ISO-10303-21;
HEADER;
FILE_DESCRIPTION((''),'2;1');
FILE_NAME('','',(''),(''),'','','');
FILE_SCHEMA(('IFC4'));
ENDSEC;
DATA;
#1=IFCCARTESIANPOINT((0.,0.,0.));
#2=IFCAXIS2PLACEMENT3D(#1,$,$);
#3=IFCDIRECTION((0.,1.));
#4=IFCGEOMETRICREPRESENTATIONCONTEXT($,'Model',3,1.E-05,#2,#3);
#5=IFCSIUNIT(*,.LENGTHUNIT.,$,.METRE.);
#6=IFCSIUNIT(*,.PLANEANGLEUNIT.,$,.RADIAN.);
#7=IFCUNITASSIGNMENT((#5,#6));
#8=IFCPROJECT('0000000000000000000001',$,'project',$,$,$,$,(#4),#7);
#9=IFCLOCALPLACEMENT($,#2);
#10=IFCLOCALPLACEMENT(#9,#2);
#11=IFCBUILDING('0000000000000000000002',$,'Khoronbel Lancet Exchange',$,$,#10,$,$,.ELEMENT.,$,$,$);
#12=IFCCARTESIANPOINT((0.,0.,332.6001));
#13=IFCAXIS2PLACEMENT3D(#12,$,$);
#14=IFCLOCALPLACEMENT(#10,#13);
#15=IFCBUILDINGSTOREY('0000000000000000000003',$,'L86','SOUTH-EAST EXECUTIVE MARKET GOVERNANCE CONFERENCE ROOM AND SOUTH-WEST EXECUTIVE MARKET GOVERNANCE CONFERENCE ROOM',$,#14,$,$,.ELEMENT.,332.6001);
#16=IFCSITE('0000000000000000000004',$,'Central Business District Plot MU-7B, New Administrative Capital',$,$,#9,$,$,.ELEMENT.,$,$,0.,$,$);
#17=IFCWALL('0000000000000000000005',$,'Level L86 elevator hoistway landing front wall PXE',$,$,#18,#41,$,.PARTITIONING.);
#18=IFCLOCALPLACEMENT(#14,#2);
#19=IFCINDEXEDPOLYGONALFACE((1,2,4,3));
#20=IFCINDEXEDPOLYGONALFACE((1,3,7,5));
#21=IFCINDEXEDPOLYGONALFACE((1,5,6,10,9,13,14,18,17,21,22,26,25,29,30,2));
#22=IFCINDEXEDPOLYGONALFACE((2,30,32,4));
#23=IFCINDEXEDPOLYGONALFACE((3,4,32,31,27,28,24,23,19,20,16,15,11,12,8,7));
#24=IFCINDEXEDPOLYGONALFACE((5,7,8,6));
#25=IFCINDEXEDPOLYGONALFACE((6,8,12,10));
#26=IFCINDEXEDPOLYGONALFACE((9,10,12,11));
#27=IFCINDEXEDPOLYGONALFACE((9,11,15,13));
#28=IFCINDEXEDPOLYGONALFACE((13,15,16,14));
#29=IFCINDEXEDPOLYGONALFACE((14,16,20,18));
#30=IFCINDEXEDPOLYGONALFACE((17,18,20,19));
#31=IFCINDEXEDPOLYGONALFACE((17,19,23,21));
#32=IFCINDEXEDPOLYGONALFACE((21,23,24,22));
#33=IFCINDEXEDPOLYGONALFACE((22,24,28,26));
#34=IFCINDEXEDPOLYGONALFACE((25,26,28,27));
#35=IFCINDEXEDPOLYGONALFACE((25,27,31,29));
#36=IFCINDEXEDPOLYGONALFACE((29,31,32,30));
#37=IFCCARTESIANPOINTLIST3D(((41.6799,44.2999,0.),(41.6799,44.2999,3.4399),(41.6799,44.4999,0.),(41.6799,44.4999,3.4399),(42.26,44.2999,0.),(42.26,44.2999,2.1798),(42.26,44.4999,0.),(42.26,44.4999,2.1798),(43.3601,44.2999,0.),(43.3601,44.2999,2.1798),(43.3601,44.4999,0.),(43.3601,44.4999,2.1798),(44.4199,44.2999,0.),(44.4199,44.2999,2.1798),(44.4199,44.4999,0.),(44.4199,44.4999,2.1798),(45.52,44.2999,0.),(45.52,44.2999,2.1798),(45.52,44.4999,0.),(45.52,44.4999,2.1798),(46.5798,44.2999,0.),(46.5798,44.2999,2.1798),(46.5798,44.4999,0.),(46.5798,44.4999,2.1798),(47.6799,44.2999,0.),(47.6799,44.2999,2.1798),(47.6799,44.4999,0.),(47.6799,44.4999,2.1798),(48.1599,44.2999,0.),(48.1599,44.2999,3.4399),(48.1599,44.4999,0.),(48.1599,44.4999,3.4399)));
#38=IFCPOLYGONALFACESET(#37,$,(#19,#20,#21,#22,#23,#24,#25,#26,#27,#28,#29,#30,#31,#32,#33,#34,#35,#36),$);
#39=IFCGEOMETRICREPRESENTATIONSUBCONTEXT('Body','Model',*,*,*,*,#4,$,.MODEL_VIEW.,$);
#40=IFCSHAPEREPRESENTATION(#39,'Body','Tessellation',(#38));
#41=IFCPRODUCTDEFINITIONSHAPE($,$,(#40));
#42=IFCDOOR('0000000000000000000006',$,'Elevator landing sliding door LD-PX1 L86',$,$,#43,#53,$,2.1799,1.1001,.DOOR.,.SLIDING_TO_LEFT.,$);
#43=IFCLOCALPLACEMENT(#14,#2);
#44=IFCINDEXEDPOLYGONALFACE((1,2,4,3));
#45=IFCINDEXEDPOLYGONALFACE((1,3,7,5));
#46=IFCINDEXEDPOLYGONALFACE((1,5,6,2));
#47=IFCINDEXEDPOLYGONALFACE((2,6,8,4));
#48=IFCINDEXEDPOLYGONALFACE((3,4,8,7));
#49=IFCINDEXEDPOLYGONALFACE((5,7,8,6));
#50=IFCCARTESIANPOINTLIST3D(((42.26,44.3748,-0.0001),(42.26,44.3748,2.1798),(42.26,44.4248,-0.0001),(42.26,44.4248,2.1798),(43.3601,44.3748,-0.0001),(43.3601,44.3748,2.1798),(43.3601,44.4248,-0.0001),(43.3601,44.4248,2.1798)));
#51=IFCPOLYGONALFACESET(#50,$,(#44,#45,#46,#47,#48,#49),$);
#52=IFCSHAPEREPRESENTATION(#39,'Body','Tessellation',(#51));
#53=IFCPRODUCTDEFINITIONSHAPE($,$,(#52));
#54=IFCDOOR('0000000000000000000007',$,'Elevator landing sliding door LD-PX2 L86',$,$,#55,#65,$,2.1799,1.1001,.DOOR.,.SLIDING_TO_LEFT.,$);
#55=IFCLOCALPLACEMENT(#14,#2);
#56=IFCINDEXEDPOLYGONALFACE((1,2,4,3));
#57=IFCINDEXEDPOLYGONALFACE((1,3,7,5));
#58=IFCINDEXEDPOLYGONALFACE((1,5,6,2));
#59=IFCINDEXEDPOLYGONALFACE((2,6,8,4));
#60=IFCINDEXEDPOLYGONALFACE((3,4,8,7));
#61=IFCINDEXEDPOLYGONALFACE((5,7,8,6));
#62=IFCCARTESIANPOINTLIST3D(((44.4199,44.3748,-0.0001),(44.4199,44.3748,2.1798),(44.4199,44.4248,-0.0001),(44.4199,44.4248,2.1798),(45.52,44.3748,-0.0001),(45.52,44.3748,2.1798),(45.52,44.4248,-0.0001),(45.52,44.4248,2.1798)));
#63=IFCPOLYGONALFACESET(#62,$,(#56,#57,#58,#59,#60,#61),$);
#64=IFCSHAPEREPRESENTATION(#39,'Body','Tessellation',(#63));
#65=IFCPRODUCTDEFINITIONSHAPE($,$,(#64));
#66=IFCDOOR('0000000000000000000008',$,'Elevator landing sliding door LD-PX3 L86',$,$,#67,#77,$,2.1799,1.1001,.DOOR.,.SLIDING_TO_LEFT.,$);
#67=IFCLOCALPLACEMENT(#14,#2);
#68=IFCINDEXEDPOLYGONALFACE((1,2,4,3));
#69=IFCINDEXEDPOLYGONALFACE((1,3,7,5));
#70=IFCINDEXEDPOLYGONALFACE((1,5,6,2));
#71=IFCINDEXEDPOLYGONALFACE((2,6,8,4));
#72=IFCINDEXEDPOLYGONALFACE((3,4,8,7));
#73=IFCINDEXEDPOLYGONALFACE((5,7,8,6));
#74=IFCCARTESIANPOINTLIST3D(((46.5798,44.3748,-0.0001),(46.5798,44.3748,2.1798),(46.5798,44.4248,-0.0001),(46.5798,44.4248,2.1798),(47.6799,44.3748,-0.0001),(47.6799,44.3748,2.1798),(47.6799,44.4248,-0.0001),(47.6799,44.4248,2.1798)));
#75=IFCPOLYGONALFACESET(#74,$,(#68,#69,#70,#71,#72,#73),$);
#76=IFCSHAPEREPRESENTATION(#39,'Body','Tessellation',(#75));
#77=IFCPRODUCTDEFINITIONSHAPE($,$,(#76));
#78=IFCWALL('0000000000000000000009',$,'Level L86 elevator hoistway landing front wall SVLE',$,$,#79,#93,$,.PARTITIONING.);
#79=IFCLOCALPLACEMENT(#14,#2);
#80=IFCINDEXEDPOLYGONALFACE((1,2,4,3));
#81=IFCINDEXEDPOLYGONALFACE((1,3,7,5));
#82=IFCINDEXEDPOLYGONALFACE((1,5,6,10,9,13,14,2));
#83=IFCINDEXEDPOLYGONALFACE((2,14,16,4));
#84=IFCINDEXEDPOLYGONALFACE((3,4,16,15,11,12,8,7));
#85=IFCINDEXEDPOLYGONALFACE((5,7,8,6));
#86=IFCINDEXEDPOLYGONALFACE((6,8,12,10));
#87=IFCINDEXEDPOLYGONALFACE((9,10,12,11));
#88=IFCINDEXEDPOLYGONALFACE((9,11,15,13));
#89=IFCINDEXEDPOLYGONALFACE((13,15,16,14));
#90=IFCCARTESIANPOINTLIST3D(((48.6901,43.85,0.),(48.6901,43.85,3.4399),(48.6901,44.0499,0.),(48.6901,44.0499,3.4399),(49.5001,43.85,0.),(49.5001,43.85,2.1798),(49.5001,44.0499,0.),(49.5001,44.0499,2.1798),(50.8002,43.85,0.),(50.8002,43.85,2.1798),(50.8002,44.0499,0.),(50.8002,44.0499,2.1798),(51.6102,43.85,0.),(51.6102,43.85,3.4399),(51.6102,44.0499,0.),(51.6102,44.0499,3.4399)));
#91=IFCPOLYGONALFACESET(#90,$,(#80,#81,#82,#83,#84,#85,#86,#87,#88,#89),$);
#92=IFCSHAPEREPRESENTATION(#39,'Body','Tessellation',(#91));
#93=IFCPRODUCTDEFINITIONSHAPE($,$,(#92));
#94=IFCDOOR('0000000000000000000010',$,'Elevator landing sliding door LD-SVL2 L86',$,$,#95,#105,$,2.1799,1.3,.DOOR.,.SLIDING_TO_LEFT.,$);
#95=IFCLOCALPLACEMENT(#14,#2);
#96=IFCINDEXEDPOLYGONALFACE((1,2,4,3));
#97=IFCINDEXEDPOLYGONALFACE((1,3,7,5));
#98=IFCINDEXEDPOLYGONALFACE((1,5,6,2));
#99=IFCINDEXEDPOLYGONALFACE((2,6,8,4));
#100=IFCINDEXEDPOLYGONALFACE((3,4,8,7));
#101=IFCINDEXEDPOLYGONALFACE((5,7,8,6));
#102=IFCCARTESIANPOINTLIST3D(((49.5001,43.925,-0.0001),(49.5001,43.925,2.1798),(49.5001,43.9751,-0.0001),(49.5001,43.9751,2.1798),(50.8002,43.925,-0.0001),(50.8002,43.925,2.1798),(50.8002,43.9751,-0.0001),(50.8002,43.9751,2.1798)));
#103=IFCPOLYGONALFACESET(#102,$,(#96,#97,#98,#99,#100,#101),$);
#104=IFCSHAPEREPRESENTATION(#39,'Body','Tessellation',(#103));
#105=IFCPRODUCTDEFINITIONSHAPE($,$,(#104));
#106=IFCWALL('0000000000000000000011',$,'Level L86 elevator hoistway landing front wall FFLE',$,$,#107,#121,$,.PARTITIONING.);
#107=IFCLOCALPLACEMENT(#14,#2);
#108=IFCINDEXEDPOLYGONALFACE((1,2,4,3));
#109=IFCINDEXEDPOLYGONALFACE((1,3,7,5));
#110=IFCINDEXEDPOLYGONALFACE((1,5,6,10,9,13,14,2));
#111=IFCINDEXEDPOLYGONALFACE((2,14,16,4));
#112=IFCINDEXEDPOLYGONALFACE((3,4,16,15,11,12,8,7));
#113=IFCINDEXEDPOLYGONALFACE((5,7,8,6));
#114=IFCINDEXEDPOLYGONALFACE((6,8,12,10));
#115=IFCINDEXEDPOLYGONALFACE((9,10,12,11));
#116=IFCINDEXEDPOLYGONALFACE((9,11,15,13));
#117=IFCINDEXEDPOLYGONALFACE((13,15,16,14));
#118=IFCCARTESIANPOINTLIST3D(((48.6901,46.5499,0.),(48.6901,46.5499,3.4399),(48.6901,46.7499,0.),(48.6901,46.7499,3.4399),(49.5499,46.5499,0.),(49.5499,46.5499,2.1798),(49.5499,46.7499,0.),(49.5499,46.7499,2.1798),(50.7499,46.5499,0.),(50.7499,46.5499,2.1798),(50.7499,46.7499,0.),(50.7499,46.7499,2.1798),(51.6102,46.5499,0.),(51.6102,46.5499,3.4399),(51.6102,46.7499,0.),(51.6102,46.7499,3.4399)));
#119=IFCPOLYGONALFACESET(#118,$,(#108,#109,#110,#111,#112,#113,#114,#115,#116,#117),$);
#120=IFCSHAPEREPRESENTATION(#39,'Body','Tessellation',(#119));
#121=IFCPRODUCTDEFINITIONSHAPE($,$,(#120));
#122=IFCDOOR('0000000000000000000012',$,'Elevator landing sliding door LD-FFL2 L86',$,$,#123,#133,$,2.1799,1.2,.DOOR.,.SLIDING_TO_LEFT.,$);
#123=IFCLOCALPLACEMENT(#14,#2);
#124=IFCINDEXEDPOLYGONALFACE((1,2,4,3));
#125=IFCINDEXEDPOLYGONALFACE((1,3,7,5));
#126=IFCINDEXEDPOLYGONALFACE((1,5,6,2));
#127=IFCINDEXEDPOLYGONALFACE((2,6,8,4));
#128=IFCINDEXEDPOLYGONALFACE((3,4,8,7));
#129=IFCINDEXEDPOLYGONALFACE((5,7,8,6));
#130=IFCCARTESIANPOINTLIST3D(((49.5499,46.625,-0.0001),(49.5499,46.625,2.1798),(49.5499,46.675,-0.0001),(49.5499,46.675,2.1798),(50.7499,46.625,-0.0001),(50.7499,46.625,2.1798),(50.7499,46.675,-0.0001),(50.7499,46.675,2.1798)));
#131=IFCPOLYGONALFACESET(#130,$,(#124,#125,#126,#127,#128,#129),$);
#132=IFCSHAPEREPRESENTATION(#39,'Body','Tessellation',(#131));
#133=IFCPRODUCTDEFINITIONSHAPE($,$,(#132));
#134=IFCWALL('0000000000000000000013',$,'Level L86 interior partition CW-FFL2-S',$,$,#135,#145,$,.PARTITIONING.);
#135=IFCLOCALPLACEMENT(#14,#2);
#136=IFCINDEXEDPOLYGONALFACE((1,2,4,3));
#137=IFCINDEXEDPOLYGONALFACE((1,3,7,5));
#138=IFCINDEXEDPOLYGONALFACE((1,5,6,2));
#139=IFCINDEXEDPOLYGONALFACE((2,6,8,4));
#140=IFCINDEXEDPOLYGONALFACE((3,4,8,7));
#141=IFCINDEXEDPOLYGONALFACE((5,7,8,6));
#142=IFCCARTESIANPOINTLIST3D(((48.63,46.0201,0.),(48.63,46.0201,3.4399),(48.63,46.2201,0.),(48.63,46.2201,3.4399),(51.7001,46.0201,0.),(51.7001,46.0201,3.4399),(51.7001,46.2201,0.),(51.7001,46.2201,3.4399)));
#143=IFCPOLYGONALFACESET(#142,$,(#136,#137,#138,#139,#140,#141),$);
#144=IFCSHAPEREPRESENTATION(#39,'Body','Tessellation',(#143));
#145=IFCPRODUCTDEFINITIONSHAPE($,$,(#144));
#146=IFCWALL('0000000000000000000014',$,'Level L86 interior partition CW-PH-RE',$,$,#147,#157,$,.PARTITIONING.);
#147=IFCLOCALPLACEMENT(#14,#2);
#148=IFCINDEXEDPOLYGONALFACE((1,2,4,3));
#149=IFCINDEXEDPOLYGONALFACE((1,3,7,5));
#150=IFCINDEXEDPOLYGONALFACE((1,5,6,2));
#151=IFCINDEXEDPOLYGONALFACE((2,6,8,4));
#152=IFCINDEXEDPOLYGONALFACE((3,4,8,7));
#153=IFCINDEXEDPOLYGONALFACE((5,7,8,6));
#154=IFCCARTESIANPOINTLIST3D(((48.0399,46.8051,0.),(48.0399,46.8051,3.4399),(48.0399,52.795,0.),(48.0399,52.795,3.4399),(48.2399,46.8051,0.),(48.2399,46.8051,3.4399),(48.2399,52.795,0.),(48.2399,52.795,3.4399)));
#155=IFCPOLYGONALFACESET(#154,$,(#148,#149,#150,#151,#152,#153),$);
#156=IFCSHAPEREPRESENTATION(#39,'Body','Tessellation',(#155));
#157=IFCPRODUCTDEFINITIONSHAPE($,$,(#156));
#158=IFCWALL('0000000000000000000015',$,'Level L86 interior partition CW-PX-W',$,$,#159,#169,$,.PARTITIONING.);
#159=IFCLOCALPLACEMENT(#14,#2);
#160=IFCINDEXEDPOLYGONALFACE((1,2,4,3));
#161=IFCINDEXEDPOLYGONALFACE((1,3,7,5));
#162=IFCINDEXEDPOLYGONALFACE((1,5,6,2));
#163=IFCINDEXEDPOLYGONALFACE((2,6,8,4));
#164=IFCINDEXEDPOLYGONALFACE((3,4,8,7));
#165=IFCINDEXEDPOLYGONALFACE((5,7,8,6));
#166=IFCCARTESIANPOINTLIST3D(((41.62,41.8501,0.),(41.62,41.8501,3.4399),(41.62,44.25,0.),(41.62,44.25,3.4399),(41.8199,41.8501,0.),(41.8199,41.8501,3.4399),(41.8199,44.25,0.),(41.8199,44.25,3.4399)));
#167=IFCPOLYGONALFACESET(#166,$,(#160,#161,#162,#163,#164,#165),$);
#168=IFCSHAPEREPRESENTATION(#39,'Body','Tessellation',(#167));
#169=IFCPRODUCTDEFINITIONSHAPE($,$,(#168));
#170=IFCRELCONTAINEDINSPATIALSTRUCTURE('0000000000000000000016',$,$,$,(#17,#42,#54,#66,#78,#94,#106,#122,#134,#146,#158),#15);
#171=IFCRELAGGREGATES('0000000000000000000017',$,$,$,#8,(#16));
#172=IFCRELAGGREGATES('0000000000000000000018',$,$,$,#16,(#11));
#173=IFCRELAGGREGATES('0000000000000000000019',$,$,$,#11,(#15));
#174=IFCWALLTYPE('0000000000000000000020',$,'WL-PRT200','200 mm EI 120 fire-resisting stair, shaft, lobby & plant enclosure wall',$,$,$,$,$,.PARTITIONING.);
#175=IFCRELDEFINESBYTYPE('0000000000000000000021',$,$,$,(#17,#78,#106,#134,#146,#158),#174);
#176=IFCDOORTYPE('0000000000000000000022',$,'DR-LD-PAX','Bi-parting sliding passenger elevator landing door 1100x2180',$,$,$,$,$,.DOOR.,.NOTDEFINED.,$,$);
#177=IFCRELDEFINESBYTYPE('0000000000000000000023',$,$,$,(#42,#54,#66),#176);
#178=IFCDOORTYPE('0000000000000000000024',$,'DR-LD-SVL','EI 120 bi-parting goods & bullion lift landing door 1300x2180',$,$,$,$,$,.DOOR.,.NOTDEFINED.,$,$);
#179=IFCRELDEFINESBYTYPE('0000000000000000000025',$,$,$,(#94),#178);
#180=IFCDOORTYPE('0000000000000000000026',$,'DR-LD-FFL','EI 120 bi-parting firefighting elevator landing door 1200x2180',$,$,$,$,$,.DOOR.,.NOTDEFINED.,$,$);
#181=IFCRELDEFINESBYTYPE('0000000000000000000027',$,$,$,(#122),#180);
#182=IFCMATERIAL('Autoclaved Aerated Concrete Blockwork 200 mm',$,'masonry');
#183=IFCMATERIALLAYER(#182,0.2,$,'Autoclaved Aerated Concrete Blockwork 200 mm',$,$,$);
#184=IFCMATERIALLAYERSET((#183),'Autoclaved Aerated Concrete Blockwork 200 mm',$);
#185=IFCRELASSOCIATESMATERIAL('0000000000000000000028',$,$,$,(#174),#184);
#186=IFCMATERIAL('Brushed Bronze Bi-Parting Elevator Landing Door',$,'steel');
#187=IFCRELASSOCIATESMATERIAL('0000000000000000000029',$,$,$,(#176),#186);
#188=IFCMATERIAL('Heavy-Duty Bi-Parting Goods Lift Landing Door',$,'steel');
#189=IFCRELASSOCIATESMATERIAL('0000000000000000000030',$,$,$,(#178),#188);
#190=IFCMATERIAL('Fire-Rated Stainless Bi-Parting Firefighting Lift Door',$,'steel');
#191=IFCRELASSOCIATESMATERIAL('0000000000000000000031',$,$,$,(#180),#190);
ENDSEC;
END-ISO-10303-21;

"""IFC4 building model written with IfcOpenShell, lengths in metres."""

from ifc_helpers import new_model, si_unit, direction, frame, frame_2d, origin, place, context, subcontext, project, spatial, rectangle, extrude, material, layer, layer_set, type_object, element, fill, save


model = new_model("IFC4")

# Units and contexts
model_context = context("Model", 3, precision=1e-05, world=origin(), true_north=direction((0.0, 1.0)))
body_context = subcontext(model_context, "Body", "Model", "MODEL_VIEW")
ifc_project = project(units=[si_unit("LENGTHUNIT", "METRE"), si_unit("PLANEANGLEUNIT", "RADIAN")], contexts=[model_context])

# Site, building, storey
site_placement = place(None, origin())
site = spatial("IfcSite", under=ifc_project, at=site_placement, Name="Central Business District Plot MU-7B, New Administrative Capital", CompositionType="ELEMENT", RefElevation=0.0)
building_placement = place(site_placement, origin())
building = spatial("IfcBuilding", under=site, at=building_placement, Name="Khoronbel Lancet Exchange", CompositionType="ELEMENT")
storey_placement = place(building_placement, frame((0.0, 0.0, 332.6001)))
storey = spatial("IfcBuildingStorey", under=building, at=storey_placement, Name="L86", Description="SOUTH-EAST EXECUTIVE MARKET GOVERNANCE CONFERENCE ROOM AND SOUTH-WEST EXECUTIVE MARKET GOVERNANCE CONFERENCE ROOM", CompositionType="ELEMENT", Elevation=332.6001)

# Wall, openings, doors
ifc_material_1 = material(Name="Autoclaved Aerated Concrete Blockwork 200 mm", Category="masonry")
ifc_layer_1 = layer(ifc_material_1, 0.2, Name="Autoclaved Aerated Concrete Blockwork 200 mm")
ifc_layer_set_1 = layer_set([ifc_layer_1], Name="Autoclaved Aerated Concrete Blockwork 200 mm")
wall_type_1 = type_object("IfcWallType", Name="WL-PRT200", Description="200 mm EI 120 fire-resisting stair, shaft, lobby & plant enclosure wall", PredefinedType="PARTITIONING", material=ifc_layer_set_1)
wall_1_placement = place(storey_placement, frame((41.6799, 44.3999, 0.0), z_axis=(0.0, 0.0, 1.0), x_axis=(1.0, 0.0, 0.0)))
wall_1 = element("IfcWall", 1, at=wall_1_placement, inside=storey, type_object=wall_type_1, Name="Level L86 elevator hoistway landing front wall PXE", PredefinedType="PARTITIONING", context=body_context, shape_type="SweptSolid", body=[
    extrude(rectangle(XDim=6.48, YDim=0.2, at=frame_2d((3.24, 0.0))), origin(), (0.0, 0.0, 1.0), 3.4399),
])
opening_1_placement = place(wall_1_placement, frame((0.5801, 0.0, 0.0)))
opening_1 = element("IfcOpeningElement", 2, at=opening_1_placement, cuts=wall_1, PredefinedType="OPENING", context=body_context, shape_type="SweptSolid", body=[
    extrude(rectangle(XDim=1.1001, YDim=2.1799, at=frame_2d((0.55, 1.0898))), frame((0.0, 0.1099, 0.0), z_axis=(0.0, -1.0, 0.0), x_axis=(1.0, 0.0, 0.0)), (0.0, 0.0, 1.0), 0.22),
])
opening_2_placement = place(wall_1_placement, frame((2.74, 0.0, 0.0)))
opening_2 = element("IfcOpeningElement", 3, at=opening_2_placement, cuts=wall_1, PredefinedType="OPENING", context=body_context, shape_type="SweptSolid", body=[
    extrude(rectangle(XDim=1.1001, YDim=2.1799, at=frame_2d((0.55, 1.0898))), frame((0.0, 0.1099, 0.0), z_axis=(0.0, -1.0, 0.0), x_axis=(1.0, 0.0, 0.0)), (0.0, 0.0, 1.0), 0.22),
])
opening_3_placement = place(wall_1_placement, frame((4.8999, 0.0, 0.0)))
opening_3 = element("IfcOpeningElement", 4, at=opening_3_placement, cuts=wall_1, PredefinedType="OPENING", context=body_context, shape_type="SweptSolid", body=[
    extrude(rectangle(XDim=1.1001, YDim=2.1799, at=frame_2d((0.55, 1.0898))), frame((0.0, 0.1099, 0.0), z_axis=(0.0, -1.0, 0.0), x_axis=(1.0, 0.0, 0.0)), (0.0, 0.0, 1.0), 0.22),
])
ifc_material_2 = material(Name="Brushed Bronze Bi-Parting Elevator Landing Door", Category="steel")
door_type_1 = type_object("IfcDoorType", Name="DR-LD-PAX", Description="Bi-parting sliding passenger elevator landing door 1100x2180", OperationType="NOTDEFINED", PredefinedType="DOOR", material=ifc_material_2)
door_1_placement = place(opening_1_placement, origin())
door_1 = element("IfcDoor", 5, at=door_1_placement, inside=storey, type_object=door_type_1, Name="Elevator landing sliding door LD-PX1 L86", OperationType="SLIDING_TO_LEFT", OverallHeight=2.1799, OverallWidth=1.1001, PredefinedType="DOOR", context=body_context, shape_type="SweptSolid", body=[
    extrude(rectangle(XDim=1.1001, YDim=2.1799, at=frame_2d((0.55, 1.0898))), frame((0.0, 0.0249, 0.0), z_axis=(0.0, -1.0, 0.0), x_axis=(1.0, 0.0, 0.0)), (0.0, 0.0, 1.0), 0.05),
])
fill(opening_1, door_1)
door_2_placement = place(opening_2_placement, origin())
door_2 = element("IfcDoor", 6, at=door_2_placement, inside=storey, type_object=door_type_1, Name="Elevator landing sliding door LD-PX2 L86", OperationType="SLIDING_TO_LEFT", OverallHeight=2.1799, OverallWidth=1.1001, PredefinedType="DOOR", context=body_context, shape_type="SweptSolid", body=[
    extrude(rectangle(XDim=1.1001, YDim=2.1799, at=frame_2d((0.55, 1.0898))), frame((0.0, 0.0249, 0.0), z_axis=(0.0, -1.0, 0.0), x_axis=(1.0, 0.0, 0.0)), (0.0, 0.0, 1.0), 0.05),
])
fill(opening_2, door_2)
door_3_placement = place(opening_3_placement, origin())
door_3 = element("IfcDoor", 7, at=door_3_placement, inside=storey, type_object=door_type_1, Name="Elevator landing sliding door LD-PX3 L86", OperationType="SLIDING_TO_LEFT", OverallHeight=2.1799, OverallWidth=1.1001, PredefinedType="DOOR", context=body_context, shape_type="SweptSolid", body=[
    extrude(rectangle(XDim=1.1001, YDim=2.1799, at=frame_2d((0.55, 1.0898))), frame((0.0, 0.0249, 0.0), z_axis=(0.0, -1.0, 0.0), x_axis=(1.0, 0.0, 0.0)), (0.0, 0.0, 1.0), 0.05),
])
fill(opening_3, door_3)

# Walls, openings, doors
wall_2_placement = place(storey_placement, frame((51.6101, 43.95, 0.0), z_axis=(0.0, 0.0, 1.0), x_axis=(-1.0, 0.0, 0.0)))
wall_2 = element("IfcWall", 8, at=wall_2_placement, inside=storey, type_object=wall_type_1, Name="Level L86 elevator hoistway landing front wall SVLE", PredefinedType="PARTITIONING", context=body_context, shape_type="SweptSolid", body=[
    extrude(rectangle(XDim=2.9202, YDim=0.2, at=frame_2d((1.46, 0.0))), origin(), (0.0, 0.0, 1.0), 3.4399),
])
opening_4_placement = place(wall_2_placement, frame((0.8101, 0.0, 0.0)))
opening_4 = element("IfcOpeningElement", 9, at=opening_4_placement, cuts=wall_2, PredefinedType="OPENING", context=body_context, shape_type="SweptSolid", body=[
    extrude(rectangle(XDim=1.3, YDim=2.1799, at=frame_2d((0.6499, 1.0898))), frame((0.0, 0.1099, 0.0), z_axis=(0.0, -1.0, 0.0), x_axis=(1.0, 0.0, 0.0)), (0.0, 0.0, 1.0), 0.22),
])
ifc_material_3 = material(Name="Heavy-Duty Bi-Parting Goods Lift Landing Door", Category="steel")
door_type_2 = type_object("IfcDoorType", Name="DR-LD-SVL", Description="EI 120 bi-parting goods & bullion lift landing door 1300x2180", OperationType="NOTDEFINED", PredefinedType="DOOR", material=ifc_material_3)
door_4_placement = place(opening_4_placement, origin())
door_4 = element("IfcDoor", 10, at=door_4_placement, inside=storey, type_object=door_type_2, Name="Elevator landing sliding door LD-SVL2 L86", OperationType="SLIDING_TO_LEFT", OverallHeight=2.1799, OverallWidth=1.3, PredefinedType="DOOR", context=body_context, shape_type="SweptSolid", body=[
    extrude(rectangle(XDim=1.3, YDim=2.1799, at=frame_2d((0.6499, 1.0898))), frame((0.0, 0.0249, 0.0), z_axis=(0.0, -1.0, 0.0), x_axis=(1.0, 0.0, 0.0)), (0.0, 0.0, 1.0), 0.05),
])
fill(opening_4, door_4)
wall_3_placement = place(storey_placement, frame((51.6101, 46.6499, 0.0), z_axis=(0.0, 0.0, 1.0), x_axis=(-1.0, 0.0, 0.0)))
wall_3 = element("IfcWall", 11, at=wall_3_placement, inside=storey, type_object=wall_type_1, Name="Level L86 elevator hoistway landing front wall FFLE", PredefinedType="PARTITIONING", context=body_context, shape_type="SweptSolid", body=[
    extrude(rectangle(XDim=2.9202, YDim=0.2, at=frame_2d((1.46, 0.0))), origin(), (0.0, 0.0, 1.0), 3.4399),
])
opening_5_placement = place(wall_3_placement, frame((0.8601, 0.0, 0.0)))
opening_5 = element("IfcOpeningElement", 12, at=opening_5_placement, cuts=wall_3, PredefinedType="OPENING", context=body_context, shape_type="SweptSolid", body=[
    extrude(rectangle(XDim=1.2, YDim=2.1799, at=frame_2d((0.6001, 1.0898))), frame((0.0, 0.1099, 0.0), z_axis=(0.0, -1.0, 0.0), x_axis=(1.0, 0.0, 0.0)), (0.0, 0.0, 1.0), 0.22),
])
ifc_material_4 = material(Name="Fire-Rated Stainless Bi-Parting Firefighting Lift Door", Category="steel")
door_type_3 = type_object("IfcDoorType", Name="DR-LD-FFL", Description="EI 120 bi-parting firefighting elevator landing door 1200x2180", OperationType="NOTDEFINED", PredefinedType="DOOR", material=ifc_material_4)
door_5_placement = place(opening_5_placement, origin())
door_5 = element("IfcDoor", 13, at=door_5_placement, inside=storey, type_object=door_type_3, Name="Elevator landing sliding door LD-FFL2 L86", OperationType="SLIDING_TO_LEFT", OverallHeight=2.1799, OverallWidth=1.2, PredefinedType="DOOR", context=body_context, shape_type="SweptSolid", body=[
    extrude(rectangle(XDim=1.2, YDim=2.1799, at=frame_2d((0.6001, 1.0898))), frame((0.0, 0.0249, 0.0), z_axis=(0.0, -1.0, 0.0), x_axis=(1.0, 0.0, 0.0)), (0.0, 0.0, 1.0), 0.05),
])
fill(opening_5, door_5)

# Walls
wall_4_placement = place(storey_placement, frame((48.6299, 46.1201, 0.0), z_axis=(0.0, 0.0, 1.0), x_axis=(1.0, 0.0, 0.0)))
element("IfcWall", 14, at=wall_4_placement, inside=storey, type_object=wall_type_1, Name="Level L86 interior partition CW-FFL2-S", PredefinedType="PARTITIONING", context=body_context, shape_type="SweptSolid", body=[
    extrude(rectangle(XDim=3.0701, YDim=0.2, at=frame_2d((1.5352, 0.0))), origin(), (0.0, 0.0, 1.0), 3.4399),
])
wall_5_placement = place(storey_placement, frame((48.1399, 46.8049, 0.0), z_axis=(0.0, 0.0, 1.0), x_axis=(0.0, 1.0, 0.0)))
element("IfcWall", 15, at=wall_5_placement, inside=storey, type_object=wall_type_1, Name="Level L86 interior partition CW-PH-RE", PredefinedType="PARTITIONING", context=body_context, shape_type="SweptSolid", body=[
    extrude(rectangle(XDim=5.99, YDim=0.2, at=frame_2d((2.9951, 0.0))), origin(), (0.0, 0.0, 1.0), 3.4399),
])
for number, where, z_axis, x_axis, name in (
    (16, (41.72, 41.8501, 0.0), (0.0, 0.0, 1.0), (0.0, 1.0, 0.0), "Level L86 interior partition CW-PX-W"),
):
    element("IfcWall", number, at=place(storey_placement, frame(where, z_axis=z_axis, x_axis=x_axis)), inside=storey, type_object=wall_type_1, Name=name, PredefinedType="PARTITIONING", context=body_context, shape_type="SweptSolid", body=[
        extrude(rectangle(XDim=2.3999, YDim=0.2, at=frame_2d((1.2, 0.0))), origin(), (0.0, 0.0, 1.0), 3.4399),
    ])

save(model, "model.ifc")
